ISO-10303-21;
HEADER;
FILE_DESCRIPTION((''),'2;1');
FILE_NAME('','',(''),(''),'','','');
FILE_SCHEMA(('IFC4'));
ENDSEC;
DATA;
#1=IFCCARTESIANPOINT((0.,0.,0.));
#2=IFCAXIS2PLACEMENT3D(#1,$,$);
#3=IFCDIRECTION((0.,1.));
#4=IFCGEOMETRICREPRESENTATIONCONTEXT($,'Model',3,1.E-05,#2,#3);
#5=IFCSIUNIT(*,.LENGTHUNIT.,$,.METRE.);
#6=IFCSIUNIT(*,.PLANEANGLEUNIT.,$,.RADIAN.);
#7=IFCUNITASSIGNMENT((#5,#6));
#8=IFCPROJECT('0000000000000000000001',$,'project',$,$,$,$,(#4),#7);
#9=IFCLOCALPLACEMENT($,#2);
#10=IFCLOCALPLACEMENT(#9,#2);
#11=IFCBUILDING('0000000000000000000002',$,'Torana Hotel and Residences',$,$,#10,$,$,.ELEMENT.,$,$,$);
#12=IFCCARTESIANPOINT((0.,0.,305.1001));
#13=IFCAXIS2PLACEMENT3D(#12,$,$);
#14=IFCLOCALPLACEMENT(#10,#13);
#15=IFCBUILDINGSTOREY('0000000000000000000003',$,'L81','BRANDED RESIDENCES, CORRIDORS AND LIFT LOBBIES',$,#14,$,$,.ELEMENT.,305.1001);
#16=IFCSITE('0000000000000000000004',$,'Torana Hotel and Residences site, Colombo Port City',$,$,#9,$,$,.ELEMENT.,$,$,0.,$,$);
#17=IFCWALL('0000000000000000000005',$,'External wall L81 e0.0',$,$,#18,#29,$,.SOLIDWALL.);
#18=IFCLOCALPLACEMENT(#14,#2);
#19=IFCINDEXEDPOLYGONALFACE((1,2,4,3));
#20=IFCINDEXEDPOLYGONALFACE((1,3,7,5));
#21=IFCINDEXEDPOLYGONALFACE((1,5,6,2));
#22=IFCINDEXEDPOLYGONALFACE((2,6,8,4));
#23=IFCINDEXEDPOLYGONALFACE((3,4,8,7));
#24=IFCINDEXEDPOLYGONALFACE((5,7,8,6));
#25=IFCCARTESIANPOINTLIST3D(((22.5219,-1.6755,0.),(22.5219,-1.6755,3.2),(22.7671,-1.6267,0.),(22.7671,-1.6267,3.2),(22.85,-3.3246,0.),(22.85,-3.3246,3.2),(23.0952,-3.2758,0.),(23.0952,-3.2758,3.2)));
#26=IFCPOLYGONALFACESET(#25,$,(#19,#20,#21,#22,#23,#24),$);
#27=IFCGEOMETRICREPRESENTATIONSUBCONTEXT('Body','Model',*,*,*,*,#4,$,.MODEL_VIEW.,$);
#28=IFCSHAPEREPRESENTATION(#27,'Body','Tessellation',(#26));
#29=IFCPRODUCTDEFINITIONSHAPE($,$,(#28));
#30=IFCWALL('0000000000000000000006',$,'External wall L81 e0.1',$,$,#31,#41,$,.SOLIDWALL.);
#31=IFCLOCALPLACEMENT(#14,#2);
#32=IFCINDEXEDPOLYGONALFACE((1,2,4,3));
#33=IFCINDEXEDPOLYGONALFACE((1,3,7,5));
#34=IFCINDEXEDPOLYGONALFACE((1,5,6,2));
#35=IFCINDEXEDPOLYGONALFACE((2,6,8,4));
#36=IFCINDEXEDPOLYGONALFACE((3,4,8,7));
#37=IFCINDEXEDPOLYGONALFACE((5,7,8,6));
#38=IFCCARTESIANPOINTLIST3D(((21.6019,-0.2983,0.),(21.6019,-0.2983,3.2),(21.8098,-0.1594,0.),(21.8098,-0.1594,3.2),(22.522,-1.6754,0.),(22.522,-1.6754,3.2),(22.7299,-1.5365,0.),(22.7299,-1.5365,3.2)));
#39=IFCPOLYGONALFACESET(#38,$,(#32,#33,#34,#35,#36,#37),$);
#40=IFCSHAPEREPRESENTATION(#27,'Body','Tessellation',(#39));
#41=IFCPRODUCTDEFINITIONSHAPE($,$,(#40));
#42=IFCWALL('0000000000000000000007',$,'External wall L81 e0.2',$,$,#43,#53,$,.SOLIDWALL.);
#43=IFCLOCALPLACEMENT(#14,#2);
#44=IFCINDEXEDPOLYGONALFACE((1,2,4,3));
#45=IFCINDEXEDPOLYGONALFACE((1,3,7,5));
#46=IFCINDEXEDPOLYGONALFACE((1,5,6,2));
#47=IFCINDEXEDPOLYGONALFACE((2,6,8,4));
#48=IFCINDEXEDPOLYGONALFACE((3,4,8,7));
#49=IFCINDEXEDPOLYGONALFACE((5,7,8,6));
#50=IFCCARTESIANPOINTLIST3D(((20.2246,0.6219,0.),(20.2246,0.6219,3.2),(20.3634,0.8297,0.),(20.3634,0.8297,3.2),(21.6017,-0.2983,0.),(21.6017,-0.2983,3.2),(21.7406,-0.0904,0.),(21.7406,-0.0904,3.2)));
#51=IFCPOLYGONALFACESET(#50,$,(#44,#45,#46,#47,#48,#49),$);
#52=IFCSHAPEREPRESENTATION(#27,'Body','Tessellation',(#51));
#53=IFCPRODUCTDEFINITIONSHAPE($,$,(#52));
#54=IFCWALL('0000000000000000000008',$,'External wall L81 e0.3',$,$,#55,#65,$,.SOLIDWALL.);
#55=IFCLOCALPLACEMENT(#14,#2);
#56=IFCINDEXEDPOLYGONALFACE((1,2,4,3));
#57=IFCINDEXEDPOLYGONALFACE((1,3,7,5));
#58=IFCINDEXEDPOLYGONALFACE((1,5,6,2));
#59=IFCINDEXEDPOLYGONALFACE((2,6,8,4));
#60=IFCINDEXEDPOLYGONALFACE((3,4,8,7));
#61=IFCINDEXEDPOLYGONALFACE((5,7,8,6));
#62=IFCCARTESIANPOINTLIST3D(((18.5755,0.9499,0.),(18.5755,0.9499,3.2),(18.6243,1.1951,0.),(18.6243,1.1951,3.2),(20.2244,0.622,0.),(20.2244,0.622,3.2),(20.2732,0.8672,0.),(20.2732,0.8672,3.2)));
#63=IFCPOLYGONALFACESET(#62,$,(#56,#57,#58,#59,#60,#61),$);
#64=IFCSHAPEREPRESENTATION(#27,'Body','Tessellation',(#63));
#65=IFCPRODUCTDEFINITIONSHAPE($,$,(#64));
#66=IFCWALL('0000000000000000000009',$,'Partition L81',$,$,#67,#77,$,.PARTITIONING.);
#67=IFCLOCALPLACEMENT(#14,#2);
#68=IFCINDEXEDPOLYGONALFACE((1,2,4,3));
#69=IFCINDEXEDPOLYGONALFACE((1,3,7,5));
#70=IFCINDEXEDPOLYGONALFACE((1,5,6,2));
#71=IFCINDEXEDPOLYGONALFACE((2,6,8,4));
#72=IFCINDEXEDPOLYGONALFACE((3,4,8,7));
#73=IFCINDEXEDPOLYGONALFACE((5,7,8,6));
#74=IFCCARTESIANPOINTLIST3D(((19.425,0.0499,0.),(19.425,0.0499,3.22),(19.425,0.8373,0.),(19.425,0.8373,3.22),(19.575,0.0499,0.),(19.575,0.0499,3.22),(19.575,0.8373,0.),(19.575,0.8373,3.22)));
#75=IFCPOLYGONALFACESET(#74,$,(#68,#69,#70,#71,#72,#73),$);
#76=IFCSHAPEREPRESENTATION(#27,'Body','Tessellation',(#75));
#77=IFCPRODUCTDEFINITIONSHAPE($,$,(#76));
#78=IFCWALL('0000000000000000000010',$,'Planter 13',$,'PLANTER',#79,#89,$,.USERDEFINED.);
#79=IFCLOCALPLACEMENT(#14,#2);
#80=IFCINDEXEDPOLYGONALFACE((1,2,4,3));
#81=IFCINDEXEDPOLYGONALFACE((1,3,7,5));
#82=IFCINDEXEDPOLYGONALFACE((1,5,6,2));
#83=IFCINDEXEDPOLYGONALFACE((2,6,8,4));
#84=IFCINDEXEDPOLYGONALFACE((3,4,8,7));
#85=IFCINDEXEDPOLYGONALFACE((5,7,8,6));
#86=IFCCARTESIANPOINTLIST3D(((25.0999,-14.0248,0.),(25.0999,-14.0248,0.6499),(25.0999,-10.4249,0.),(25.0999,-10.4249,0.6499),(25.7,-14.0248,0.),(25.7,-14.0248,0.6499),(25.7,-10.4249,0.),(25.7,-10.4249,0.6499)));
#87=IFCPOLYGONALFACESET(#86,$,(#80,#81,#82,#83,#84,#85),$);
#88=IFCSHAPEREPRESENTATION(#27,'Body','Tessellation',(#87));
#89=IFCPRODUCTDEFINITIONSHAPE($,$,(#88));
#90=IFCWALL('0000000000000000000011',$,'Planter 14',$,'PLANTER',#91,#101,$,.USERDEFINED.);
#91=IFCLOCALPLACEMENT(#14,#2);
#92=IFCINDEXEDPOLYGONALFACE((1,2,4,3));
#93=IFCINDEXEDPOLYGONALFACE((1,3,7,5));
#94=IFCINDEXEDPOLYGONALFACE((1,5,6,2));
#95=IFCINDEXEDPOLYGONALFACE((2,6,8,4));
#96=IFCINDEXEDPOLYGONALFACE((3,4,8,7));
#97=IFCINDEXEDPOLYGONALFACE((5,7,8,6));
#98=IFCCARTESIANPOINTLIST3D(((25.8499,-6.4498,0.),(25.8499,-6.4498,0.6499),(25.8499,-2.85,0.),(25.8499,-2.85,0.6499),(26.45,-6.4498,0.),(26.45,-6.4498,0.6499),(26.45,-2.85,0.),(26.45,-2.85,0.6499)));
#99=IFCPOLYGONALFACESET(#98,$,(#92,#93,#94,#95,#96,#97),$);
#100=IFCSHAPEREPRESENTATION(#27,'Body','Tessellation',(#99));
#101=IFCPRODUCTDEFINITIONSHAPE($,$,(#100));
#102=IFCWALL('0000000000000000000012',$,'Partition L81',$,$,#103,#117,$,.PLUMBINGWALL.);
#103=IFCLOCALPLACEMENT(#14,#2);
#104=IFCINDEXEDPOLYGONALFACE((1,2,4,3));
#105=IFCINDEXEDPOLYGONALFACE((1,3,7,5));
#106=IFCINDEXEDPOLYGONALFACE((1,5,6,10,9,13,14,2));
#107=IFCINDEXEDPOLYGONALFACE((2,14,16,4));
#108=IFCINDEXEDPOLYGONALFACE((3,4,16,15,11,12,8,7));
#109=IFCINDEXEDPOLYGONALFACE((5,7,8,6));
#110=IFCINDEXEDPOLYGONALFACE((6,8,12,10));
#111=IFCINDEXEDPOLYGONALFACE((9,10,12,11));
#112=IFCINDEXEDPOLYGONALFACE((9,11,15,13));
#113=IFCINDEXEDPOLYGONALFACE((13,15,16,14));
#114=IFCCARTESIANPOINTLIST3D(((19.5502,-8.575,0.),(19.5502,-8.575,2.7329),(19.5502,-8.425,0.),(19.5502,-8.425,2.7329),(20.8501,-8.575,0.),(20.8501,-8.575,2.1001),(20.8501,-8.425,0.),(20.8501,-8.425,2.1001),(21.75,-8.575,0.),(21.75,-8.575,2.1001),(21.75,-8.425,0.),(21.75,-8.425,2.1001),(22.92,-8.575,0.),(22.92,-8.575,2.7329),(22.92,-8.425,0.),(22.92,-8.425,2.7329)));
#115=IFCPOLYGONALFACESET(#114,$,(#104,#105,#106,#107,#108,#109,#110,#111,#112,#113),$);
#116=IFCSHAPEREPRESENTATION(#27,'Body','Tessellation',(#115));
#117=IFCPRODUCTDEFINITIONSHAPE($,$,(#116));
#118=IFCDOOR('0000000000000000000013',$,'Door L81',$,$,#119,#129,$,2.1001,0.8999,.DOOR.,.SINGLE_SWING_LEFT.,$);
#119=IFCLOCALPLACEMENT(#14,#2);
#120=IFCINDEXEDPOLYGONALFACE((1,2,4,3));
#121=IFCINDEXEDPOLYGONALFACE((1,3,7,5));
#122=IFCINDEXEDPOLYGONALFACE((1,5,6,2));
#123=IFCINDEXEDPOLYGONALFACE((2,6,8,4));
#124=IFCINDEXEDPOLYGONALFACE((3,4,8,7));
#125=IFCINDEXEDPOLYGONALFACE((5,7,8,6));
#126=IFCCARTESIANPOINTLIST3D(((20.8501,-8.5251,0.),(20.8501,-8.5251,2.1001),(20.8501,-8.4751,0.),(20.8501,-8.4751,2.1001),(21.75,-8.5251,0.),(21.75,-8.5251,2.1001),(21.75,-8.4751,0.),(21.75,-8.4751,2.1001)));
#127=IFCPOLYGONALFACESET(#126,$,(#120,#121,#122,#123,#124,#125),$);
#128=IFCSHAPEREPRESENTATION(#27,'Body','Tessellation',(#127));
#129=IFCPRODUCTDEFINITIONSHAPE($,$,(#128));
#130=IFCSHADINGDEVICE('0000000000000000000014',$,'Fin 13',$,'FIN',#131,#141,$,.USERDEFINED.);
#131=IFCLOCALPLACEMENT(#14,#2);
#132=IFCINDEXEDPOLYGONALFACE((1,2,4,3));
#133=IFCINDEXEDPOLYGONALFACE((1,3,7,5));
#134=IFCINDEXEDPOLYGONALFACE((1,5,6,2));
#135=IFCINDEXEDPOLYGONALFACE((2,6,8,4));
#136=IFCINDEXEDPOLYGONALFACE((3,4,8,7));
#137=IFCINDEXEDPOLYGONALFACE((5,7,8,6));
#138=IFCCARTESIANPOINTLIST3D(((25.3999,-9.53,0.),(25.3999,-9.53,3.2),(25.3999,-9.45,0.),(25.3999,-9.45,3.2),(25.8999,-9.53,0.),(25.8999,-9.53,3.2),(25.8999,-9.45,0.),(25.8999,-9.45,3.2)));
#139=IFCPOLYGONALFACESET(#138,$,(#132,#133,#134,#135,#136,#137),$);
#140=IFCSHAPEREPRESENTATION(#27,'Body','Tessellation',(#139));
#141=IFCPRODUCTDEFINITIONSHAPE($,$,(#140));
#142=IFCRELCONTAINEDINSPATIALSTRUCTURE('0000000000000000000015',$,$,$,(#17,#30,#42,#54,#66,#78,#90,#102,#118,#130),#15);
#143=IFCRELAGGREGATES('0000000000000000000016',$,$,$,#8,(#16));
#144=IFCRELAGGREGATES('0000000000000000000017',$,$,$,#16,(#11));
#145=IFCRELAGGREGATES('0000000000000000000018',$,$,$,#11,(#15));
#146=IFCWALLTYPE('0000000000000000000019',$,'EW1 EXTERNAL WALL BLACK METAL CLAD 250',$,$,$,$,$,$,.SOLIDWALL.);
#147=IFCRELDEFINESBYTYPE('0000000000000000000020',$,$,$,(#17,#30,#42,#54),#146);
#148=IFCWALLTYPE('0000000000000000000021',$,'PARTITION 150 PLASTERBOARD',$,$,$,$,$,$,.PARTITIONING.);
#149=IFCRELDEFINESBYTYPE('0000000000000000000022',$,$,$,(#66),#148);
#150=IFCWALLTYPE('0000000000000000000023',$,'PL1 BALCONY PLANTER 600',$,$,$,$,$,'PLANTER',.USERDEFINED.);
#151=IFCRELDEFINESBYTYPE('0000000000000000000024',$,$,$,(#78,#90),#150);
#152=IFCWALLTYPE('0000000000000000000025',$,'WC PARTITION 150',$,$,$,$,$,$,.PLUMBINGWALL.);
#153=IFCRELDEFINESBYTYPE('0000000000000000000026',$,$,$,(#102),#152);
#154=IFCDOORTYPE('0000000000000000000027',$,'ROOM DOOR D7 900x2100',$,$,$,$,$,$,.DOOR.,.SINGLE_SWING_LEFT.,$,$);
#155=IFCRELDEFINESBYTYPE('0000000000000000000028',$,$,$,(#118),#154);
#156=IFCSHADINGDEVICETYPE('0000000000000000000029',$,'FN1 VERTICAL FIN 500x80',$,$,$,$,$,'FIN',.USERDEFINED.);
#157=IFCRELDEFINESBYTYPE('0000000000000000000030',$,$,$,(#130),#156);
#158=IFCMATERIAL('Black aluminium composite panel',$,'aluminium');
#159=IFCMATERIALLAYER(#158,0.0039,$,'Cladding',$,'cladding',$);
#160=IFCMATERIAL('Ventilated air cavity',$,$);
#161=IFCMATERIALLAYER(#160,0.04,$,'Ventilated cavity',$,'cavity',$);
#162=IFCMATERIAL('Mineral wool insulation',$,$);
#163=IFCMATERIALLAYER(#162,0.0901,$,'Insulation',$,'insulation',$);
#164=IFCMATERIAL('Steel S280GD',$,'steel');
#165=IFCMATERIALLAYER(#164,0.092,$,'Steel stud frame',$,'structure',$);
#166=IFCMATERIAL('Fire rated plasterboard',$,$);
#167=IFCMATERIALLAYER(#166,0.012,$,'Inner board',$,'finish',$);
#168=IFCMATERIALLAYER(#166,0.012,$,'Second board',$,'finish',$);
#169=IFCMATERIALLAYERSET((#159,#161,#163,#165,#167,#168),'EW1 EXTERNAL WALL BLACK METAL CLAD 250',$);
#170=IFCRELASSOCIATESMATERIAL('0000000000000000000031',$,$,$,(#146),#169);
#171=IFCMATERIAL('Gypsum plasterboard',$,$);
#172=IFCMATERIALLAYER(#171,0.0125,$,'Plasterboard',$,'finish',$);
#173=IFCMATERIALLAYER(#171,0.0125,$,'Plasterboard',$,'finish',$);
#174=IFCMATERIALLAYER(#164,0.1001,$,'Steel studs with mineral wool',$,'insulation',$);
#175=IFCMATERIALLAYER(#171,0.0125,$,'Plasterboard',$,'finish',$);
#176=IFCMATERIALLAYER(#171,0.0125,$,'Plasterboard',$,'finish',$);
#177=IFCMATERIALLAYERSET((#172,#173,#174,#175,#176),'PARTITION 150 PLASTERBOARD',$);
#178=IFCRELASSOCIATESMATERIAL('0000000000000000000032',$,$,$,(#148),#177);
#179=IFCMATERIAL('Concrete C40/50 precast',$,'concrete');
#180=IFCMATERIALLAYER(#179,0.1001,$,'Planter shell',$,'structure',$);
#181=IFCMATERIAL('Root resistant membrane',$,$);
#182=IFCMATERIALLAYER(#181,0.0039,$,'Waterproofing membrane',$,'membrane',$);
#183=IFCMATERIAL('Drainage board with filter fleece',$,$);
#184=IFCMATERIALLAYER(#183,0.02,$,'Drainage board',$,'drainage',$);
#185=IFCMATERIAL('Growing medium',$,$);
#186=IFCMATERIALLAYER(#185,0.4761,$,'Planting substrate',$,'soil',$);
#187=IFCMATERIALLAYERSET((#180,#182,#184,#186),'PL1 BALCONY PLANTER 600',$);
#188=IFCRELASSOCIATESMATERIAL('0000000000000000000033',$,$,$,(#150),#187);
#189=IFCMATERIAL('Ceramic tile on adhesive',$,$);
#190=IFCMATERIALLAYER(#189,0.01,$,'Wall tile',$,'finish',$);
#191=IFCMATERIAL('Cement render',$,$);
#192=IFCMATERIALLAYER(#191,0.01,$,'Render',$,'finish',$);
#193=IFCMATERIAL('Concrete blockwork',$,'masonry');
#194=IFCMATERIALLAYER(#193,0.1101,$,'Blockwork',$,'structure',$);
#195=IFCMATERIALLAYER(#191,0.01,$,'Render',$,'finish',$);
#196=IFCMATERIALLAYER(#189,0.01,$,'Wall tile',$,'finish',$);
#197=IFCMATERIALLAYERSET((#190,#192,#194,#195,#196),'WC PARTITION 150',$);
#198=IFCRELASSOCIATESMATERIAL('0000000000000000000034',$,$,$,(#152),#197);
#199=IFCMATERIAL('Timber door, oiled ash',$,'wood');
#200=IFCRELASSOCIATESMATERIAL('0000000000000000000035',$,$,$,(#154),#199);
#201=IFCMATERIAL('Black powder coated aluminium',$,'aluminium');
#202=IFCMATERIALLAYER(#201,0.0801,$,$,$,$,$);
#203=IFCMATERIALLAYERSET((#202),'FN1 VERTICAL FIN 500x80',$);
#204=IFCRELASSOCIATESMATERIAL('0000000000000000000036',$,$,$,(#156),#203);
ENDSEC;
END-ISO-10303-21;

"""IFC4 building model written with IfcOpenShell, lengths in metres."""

from ifc_helpers import new_model, si_unit, direction, frame, frame_2d, origin, origin_2d, place, context, subcontext, project, spatial, rectangle, extrude, material, layer, layer_set, type_object, element, fill, save


model = new_model("IFC4")

# Units and contexts
model_context = context("Model", 3, precision=1e-05, world=origin(), true_north=direction((0.0, 1.0)))
body_context = subcontext(model_context, "Body", "Model", "MODEL_VIEW")
ifc_project = project(units=[si_unit("LENGTHUNIT", "METRE"), si_unit("PLANEANGLEUNIT", "RADIAN")], contexts=[model_context])

# Site, building, storey
site_placement = place(None, origin())
site = spatial("IfcSite", under=ifc_project, at=site_placement, Name="Torana Hotel and Residences site, Colombo Port City", CompositionType="ELEMENT", RefElevation=0.0)
building_placement = place(site_placement, origin())
building = spatial("IfcBuilding", under=site, at=building_placement, Name="Torana Hotel and Residences", CompositionType="ELEMENT")
storey_placement = place(building_placement, frame((0.0, 0.0, 305.1001)))
storey = spatial("IfcBuildingStorey", under=building, at=storey_placement, Name="L81", Description="BRANDED RESIDENCES, CORRIDORS AND LIFT LOBBIES", CompositionType="ELEMENT", Elevation=305.1001)

# Walls
ifc_material_1 = material(Name="Black aluminium composite panel", Category="aluminium")
ifc_layer_1 = layer(ifc_material_1, 0.0039, Name="Cladding", Category="cladding")
ifc_material_2 = material(Name="Ventilated air cavity")
ifc_layer_2 = layer(ifc_material_2, 0.04, Name="Ventilated cavity", Category="cavity")
ifc_material_3 = material(Name="Mineral wool insulation")
ifc_layer_3 = layer(ifc_material_3, 0.0901, Name="Insulation", Category="insulation")
ifc_material_4 = material(Name="Steel S280GD", Category="steel")
ifc_layer_4 = layer(ifc_material_4, 0.092, Name="Steel stud frame", Category="structure")
ifc_material_5 = material(Name="Fire rated plasterboard")
ifc_layer_5 = layer(ifc_material_5, 0.012, Name="Inner board", Category="finish")
ifc_layer_6 = layer(ifc_material_5, 0.012, Name="Second board", Category="finish")
ifc_layer_set_1 = layer_set([ifc_layer_1, ifc_layer_2, ifc_layer_3, ifc_layer_4, ifc_layer_5, ifc_layer_6], Name="EW1 EXTERNAL WALL BLACK METAL CLAD 250")
wall_type_1 = type_object("IfcWallType", Name="EW1 EXTERNAL WALL BLACK METAL CLAD 250", PredefinedType="SOLIDWALL", material=ifc_layer_set_1)
wall_1_placement = place(storey_placement, frame((22.9727, -3.3003, 0.0), z_axis=(0.0, 0.0, 1.0), x_axis=(-0.195139, 0.980776, 0.0)))
element("IfcWall", 1, at=wall_1_placement, inside=storey, type_object=wall_type_1, Name="External wall L81 e0.0", PredefinedType="SOLIDWALL", context=body_context, shape_type="SweptSolid", body=[
    extrude(rectangle(XDim=1.6814, YDim=0.25, at=frame_2d((0.8408, 0.0))), origin(), (0.0, 0.0, 1.0), 3.2),
])
for number, where, z_axis, x_axis, name in (
    (2, (22.626, -1.606, 0.0), (0.0, 0.0, 1.0), (-0.55555, 0.831483, 0.0), "External wall L81 e0.1"),
    (3, (21.6711, -0.1943, 0.0), (0.0, 0.0, 1.0), (-0.831483, 0.55555, 0.0), "External wall L81 e0.2"),
):
    element("IfcWall", number, at=place(storey_placement, frame(where, z_axis=z_axis, x_axis=x_axis)), inside=storey, type_object=wall_type_1, Name=name, PredefinedType="SOLIDWALL", context=body_context, shape_type="SweptSolid", body=[
        extrude(rectangle(XDim=1.6562, YDim=0.25, at=frame_2d((0.8281, 0.0))), origin(), (0.0, 0.0, 1.0), 3.2),
    ])
wall_2_placement = place(storey_placement, frame((20.2488, 0.7446, 0.0), z_axis=(0.0, 0.0, 1.0), x_axis=(-0.980798, 0.195027, 0.0)))
element("IfcWall", 4, at=wall_2_placement, inside=storey, type_object=wall_type_1, Name="External wall L81 e0.3", PredefinedType="SOLIDWALL", context=body_context, shape_type="SweptSolid", body=[
    extrude(rectangle(XDim=1.6812, YDim=0.25, at=frame_2d((0.8406, 0.0))), origin(), (0.0, 0.0, 1.0), 3.2),
])
ifc_material_6 = material(Name="Gypsum plasterboard")
ifc_layer_7 = layer(ifc_material_6, 0.0125, Name="Plasterboard", Category="finish")
ifc_layer_8 = layer(ifc_material_6, 0.0125, Name="Plasterboard", Category="finish")
ifc_layer_9 = layer(ifc_material_4, 0.1001, Name="Steel studs with mineral wool", Category="insulation")
ifc_layer_10 = layer(ifc_material_6, 0.0125, Name="Plasterboard", Category="finish")
ifc_layer_11 = layer(ifc_material_6, 0.0125, Name="Plasterboard", Category="finish")
ifc_layer_set_2 = layer_set([ifc_layer_7, ifc_layer_8, ifc_layer_9, ifc_layer_10, ifc_layer_11], Name="PARTITION 150 PLASTERBOARD")
wall_type_2 = type_object("IfcWallType", Name="PARTITION 150 PLASTERBOARD", PredefinedType="PARTITIONING", material=ifc_layer_set_2)
wall_3_placement = place(storey_placement, frame((19.5, 0.05, 0.0), z_axis=(0.0, 0.0, 1.0), x_axis=(0.0, 1.0, 0.0)))
element("IfcWall", 5, at=wall_3_placement, inside=storey, type_object=wall_type_2, Name="Partition L81", PredefinedType="PARTITIONING", context=body_context, shape_type="SweptSolid", body=[
    extrude(rectangle(XDim=0.7874, YDim=0.1499, at=frame_2d((0.3936, 0.0))), origin(), (0.0, 0.0, 1.0), 3.22),
])
ifc_material_7 = material(Name="Concrete C40/50 precast", Category="concrete")
ifc_layer_12 = layer(ifc_material_7, 0.1001, Name="Planter shell", Category="structure")
ifc_material_8 = material(Name="Root resistant membrane")
ifc_layer_13 = layer(ifc_material_8, 0.0039, Name="Waterproofing membrane", Category="membrane")
ifc_material_9 = material(Name="Drainage board with filter fleece")
ifc_layer_14 = layer(ifc_material_9, 0.02, Name="Drainage board", Category="drainage")
ifc_material_10 = material(Name="Growing medium")
ifc_layer_15 = layer(ifc_material_10, 0.4761, Name="Planting substrate", Category="soil")
ifc_layer_set_3 = layer_set([ifc_layer_12, ifc_layer_13, ifc_layer_14, ifc_layer_15], Name="PL1 BALCONY PLANTER 600")
wall_type_3 = type_object("IfcWallType", Name="PL1 BALCONY PLANTER 600", ElementType="PLANTER", PredefinedType="USERDEFINED", material=ifc_layer_set_3)
for number, where, z_axis, x_axis, name in (
    (6, (25.3999, -10.425, 0.0), (0.0, 0.0, 1.0), (0.0, -1.0, 0.0), "Planter 13"),
    (7, (26.1499, -2.8501, 0.0), (0.0, 0.0, 1.0), (0.0, -1.0, 0.0), "Planter 14"),
):
    element("IfcWall", number, at=place(storey_placement, frame(where, z_axis=z_axis, x_axis=x_axis)), inside=storey, type_object=wall_type_3, Name=name, ObjectType="PLANTER", PredefinedType="USERDEFINED", context=body_context, shape_type="SweptSolid", body=[
        extrude(rectangle(XDim=3.5999, YDim=0.6001, at=frame_2d((1.7998, 0.0))), origin(), (0.0, 0.0, 1.0), 0.6499),
    ])

# Wall, opening, door
ifc_material_11 = material(Name="Ceramic tile on adhesive")
ifc_layer_16 = layer(ifc_material_11, 0.01, Name="Wall tile", Category="finish")
ifc_material_12 = material(Name="Cement render")
ifc_layer_17 = layer(ifc_material_12, 0.01, Name="Render", Category="finish")
ifc_material_13 = material(Name="Concrete blockwork", Category="masonry")
ifc_layer_18 = layer(ifc_material_13, 0.1101, Name="Blockwork", Category="structure")
ifc_layer_19 = layer(ifc_material_12, 0.01, Name="Render", Category="finish")
ifc_layer_20 = layer(ifc_material_11, 0.01, Name="Wall tile", Category="finish")
ifc_layer_set_4 = layer_set([ifc_layer_16, ifc_layer_17, ifc_layer_18, ifc_layer_19, ifc_layer_20], Name="WC PARTITION 150")
wall_type_4 = type_object("IfcWallType", Name="WC PARTITION 150", PredefinedType="PLUMBINGWALL", material=ifc_layer_set_4)
wall_4_placement = place(storey_placement, frame((19.55, -8.5, 0.0), z_axis=(0.0, 0.0, 1.0), x_axis=(1.0, 0.0, 0.0)))
wall_4 = element("IfcWall", 8, at=wall_4_placement, inside=storey, type_object=wall_type_4, Name="Partition L81", PredefinedType="PLUMBINGWALL", context=body_context, shape_type="SweptSolid", body=[
    extrude(rectangle(XDim=3.3699, YDim=0.1499, at=frame_2d((1.6851, 0.0))), origin(), (0.0, 0.0, 1.0), 2.7329),
])
opening_placement = place(wall_4_placement, frame((1.3, 0.0, 0.0)))
opening = element("IfcOpeningElement", 9, at=opening_placement, cuts=wall_4, PredefinedType="OPENING", context=body_context, shape_type="SweptSolid", body=[
    extrude(rectangle(XDim=0.8999, YDim=2.1001, at=frame_2d((0.45, 1.05))), frame((0.0, 0.085, 0.0), z_axis=(0.0, -1.0, 0.0), x_axis=(1.0, 0.0, 0.0)), (0.0, 0.0, 1.0), 0.1699),
])
ifc_material_14 = material(Name="Timber door, oiled ash", Category="wood")
door_type = type_object("IfcDoorType", Name="ROOM DOOR D7 900x2100", OperationType="SINGLE_SWING_LEFT", PredefinedType="DOOR", material=ifc_material_14)
door_placement = place(opening_placement, origin())
door = element("IfcDoor", 10, at=door_placement, inside=storey, type_object=door_type, Name="Door L81", OperationType="SINGLE_SWING_LEFT", OverallHeight=2.1001, OverallWidth=0.8999, PredefinedType="DOOR", context=body_context, shape_type="SweptSolid", body=[
    extrude(rectangle(XDim=0.8999, YDim=2.1001, at=frame_2d((0.45, 1.05))), frame((0.0, 0.0249, 0.0), z_axis=(0.0, -1.0, 0.0), x_axis=(1.0, 0.0, 0.0)), (0.0, 0.0, 1.0), 0.05),
])
fill(opening, door)

# Shading device
ifc_material_15 = material(Name="Black powder coated aluminium", Category="aluminium")
ifc_layer_21 = layer(ifc_material_15, 0.0801)
ifc_layer_set_5 = layer_set([ifc_layer_21], Name="FN1 VERTICAL FIN 500x80")
shading_device_type = type_object("IfcShadingDeviceType", Name="FN1 VERTICAL FIN 500x80", ElementType="FIN", PredefinedType="USERDEFINED", material=ifc_layer_set_5)
shading_device_placement = place(storey_placement, frame((25.6499, -9.49, 0.0), z_axis=(0.0, 0.0, 1.0), x_axis=(0.0, -1.0, 0.0)))
element("IfcShadingDevice", 11, at=shading_device_placement, inside=storey, type_object=shading_device_type, Name="Fin 13", ObjectType="FIN", PredefinedType="USERDEFINED", context=body_context, shape_type="SweptSolid", body=[
    extrude(rectangle(XDim=0.0801, YDim=0.5, at=origin_2d()), origin(), (0.0, 0.0, 1.0), 3.2),
])

save(model, "model.ifc")
